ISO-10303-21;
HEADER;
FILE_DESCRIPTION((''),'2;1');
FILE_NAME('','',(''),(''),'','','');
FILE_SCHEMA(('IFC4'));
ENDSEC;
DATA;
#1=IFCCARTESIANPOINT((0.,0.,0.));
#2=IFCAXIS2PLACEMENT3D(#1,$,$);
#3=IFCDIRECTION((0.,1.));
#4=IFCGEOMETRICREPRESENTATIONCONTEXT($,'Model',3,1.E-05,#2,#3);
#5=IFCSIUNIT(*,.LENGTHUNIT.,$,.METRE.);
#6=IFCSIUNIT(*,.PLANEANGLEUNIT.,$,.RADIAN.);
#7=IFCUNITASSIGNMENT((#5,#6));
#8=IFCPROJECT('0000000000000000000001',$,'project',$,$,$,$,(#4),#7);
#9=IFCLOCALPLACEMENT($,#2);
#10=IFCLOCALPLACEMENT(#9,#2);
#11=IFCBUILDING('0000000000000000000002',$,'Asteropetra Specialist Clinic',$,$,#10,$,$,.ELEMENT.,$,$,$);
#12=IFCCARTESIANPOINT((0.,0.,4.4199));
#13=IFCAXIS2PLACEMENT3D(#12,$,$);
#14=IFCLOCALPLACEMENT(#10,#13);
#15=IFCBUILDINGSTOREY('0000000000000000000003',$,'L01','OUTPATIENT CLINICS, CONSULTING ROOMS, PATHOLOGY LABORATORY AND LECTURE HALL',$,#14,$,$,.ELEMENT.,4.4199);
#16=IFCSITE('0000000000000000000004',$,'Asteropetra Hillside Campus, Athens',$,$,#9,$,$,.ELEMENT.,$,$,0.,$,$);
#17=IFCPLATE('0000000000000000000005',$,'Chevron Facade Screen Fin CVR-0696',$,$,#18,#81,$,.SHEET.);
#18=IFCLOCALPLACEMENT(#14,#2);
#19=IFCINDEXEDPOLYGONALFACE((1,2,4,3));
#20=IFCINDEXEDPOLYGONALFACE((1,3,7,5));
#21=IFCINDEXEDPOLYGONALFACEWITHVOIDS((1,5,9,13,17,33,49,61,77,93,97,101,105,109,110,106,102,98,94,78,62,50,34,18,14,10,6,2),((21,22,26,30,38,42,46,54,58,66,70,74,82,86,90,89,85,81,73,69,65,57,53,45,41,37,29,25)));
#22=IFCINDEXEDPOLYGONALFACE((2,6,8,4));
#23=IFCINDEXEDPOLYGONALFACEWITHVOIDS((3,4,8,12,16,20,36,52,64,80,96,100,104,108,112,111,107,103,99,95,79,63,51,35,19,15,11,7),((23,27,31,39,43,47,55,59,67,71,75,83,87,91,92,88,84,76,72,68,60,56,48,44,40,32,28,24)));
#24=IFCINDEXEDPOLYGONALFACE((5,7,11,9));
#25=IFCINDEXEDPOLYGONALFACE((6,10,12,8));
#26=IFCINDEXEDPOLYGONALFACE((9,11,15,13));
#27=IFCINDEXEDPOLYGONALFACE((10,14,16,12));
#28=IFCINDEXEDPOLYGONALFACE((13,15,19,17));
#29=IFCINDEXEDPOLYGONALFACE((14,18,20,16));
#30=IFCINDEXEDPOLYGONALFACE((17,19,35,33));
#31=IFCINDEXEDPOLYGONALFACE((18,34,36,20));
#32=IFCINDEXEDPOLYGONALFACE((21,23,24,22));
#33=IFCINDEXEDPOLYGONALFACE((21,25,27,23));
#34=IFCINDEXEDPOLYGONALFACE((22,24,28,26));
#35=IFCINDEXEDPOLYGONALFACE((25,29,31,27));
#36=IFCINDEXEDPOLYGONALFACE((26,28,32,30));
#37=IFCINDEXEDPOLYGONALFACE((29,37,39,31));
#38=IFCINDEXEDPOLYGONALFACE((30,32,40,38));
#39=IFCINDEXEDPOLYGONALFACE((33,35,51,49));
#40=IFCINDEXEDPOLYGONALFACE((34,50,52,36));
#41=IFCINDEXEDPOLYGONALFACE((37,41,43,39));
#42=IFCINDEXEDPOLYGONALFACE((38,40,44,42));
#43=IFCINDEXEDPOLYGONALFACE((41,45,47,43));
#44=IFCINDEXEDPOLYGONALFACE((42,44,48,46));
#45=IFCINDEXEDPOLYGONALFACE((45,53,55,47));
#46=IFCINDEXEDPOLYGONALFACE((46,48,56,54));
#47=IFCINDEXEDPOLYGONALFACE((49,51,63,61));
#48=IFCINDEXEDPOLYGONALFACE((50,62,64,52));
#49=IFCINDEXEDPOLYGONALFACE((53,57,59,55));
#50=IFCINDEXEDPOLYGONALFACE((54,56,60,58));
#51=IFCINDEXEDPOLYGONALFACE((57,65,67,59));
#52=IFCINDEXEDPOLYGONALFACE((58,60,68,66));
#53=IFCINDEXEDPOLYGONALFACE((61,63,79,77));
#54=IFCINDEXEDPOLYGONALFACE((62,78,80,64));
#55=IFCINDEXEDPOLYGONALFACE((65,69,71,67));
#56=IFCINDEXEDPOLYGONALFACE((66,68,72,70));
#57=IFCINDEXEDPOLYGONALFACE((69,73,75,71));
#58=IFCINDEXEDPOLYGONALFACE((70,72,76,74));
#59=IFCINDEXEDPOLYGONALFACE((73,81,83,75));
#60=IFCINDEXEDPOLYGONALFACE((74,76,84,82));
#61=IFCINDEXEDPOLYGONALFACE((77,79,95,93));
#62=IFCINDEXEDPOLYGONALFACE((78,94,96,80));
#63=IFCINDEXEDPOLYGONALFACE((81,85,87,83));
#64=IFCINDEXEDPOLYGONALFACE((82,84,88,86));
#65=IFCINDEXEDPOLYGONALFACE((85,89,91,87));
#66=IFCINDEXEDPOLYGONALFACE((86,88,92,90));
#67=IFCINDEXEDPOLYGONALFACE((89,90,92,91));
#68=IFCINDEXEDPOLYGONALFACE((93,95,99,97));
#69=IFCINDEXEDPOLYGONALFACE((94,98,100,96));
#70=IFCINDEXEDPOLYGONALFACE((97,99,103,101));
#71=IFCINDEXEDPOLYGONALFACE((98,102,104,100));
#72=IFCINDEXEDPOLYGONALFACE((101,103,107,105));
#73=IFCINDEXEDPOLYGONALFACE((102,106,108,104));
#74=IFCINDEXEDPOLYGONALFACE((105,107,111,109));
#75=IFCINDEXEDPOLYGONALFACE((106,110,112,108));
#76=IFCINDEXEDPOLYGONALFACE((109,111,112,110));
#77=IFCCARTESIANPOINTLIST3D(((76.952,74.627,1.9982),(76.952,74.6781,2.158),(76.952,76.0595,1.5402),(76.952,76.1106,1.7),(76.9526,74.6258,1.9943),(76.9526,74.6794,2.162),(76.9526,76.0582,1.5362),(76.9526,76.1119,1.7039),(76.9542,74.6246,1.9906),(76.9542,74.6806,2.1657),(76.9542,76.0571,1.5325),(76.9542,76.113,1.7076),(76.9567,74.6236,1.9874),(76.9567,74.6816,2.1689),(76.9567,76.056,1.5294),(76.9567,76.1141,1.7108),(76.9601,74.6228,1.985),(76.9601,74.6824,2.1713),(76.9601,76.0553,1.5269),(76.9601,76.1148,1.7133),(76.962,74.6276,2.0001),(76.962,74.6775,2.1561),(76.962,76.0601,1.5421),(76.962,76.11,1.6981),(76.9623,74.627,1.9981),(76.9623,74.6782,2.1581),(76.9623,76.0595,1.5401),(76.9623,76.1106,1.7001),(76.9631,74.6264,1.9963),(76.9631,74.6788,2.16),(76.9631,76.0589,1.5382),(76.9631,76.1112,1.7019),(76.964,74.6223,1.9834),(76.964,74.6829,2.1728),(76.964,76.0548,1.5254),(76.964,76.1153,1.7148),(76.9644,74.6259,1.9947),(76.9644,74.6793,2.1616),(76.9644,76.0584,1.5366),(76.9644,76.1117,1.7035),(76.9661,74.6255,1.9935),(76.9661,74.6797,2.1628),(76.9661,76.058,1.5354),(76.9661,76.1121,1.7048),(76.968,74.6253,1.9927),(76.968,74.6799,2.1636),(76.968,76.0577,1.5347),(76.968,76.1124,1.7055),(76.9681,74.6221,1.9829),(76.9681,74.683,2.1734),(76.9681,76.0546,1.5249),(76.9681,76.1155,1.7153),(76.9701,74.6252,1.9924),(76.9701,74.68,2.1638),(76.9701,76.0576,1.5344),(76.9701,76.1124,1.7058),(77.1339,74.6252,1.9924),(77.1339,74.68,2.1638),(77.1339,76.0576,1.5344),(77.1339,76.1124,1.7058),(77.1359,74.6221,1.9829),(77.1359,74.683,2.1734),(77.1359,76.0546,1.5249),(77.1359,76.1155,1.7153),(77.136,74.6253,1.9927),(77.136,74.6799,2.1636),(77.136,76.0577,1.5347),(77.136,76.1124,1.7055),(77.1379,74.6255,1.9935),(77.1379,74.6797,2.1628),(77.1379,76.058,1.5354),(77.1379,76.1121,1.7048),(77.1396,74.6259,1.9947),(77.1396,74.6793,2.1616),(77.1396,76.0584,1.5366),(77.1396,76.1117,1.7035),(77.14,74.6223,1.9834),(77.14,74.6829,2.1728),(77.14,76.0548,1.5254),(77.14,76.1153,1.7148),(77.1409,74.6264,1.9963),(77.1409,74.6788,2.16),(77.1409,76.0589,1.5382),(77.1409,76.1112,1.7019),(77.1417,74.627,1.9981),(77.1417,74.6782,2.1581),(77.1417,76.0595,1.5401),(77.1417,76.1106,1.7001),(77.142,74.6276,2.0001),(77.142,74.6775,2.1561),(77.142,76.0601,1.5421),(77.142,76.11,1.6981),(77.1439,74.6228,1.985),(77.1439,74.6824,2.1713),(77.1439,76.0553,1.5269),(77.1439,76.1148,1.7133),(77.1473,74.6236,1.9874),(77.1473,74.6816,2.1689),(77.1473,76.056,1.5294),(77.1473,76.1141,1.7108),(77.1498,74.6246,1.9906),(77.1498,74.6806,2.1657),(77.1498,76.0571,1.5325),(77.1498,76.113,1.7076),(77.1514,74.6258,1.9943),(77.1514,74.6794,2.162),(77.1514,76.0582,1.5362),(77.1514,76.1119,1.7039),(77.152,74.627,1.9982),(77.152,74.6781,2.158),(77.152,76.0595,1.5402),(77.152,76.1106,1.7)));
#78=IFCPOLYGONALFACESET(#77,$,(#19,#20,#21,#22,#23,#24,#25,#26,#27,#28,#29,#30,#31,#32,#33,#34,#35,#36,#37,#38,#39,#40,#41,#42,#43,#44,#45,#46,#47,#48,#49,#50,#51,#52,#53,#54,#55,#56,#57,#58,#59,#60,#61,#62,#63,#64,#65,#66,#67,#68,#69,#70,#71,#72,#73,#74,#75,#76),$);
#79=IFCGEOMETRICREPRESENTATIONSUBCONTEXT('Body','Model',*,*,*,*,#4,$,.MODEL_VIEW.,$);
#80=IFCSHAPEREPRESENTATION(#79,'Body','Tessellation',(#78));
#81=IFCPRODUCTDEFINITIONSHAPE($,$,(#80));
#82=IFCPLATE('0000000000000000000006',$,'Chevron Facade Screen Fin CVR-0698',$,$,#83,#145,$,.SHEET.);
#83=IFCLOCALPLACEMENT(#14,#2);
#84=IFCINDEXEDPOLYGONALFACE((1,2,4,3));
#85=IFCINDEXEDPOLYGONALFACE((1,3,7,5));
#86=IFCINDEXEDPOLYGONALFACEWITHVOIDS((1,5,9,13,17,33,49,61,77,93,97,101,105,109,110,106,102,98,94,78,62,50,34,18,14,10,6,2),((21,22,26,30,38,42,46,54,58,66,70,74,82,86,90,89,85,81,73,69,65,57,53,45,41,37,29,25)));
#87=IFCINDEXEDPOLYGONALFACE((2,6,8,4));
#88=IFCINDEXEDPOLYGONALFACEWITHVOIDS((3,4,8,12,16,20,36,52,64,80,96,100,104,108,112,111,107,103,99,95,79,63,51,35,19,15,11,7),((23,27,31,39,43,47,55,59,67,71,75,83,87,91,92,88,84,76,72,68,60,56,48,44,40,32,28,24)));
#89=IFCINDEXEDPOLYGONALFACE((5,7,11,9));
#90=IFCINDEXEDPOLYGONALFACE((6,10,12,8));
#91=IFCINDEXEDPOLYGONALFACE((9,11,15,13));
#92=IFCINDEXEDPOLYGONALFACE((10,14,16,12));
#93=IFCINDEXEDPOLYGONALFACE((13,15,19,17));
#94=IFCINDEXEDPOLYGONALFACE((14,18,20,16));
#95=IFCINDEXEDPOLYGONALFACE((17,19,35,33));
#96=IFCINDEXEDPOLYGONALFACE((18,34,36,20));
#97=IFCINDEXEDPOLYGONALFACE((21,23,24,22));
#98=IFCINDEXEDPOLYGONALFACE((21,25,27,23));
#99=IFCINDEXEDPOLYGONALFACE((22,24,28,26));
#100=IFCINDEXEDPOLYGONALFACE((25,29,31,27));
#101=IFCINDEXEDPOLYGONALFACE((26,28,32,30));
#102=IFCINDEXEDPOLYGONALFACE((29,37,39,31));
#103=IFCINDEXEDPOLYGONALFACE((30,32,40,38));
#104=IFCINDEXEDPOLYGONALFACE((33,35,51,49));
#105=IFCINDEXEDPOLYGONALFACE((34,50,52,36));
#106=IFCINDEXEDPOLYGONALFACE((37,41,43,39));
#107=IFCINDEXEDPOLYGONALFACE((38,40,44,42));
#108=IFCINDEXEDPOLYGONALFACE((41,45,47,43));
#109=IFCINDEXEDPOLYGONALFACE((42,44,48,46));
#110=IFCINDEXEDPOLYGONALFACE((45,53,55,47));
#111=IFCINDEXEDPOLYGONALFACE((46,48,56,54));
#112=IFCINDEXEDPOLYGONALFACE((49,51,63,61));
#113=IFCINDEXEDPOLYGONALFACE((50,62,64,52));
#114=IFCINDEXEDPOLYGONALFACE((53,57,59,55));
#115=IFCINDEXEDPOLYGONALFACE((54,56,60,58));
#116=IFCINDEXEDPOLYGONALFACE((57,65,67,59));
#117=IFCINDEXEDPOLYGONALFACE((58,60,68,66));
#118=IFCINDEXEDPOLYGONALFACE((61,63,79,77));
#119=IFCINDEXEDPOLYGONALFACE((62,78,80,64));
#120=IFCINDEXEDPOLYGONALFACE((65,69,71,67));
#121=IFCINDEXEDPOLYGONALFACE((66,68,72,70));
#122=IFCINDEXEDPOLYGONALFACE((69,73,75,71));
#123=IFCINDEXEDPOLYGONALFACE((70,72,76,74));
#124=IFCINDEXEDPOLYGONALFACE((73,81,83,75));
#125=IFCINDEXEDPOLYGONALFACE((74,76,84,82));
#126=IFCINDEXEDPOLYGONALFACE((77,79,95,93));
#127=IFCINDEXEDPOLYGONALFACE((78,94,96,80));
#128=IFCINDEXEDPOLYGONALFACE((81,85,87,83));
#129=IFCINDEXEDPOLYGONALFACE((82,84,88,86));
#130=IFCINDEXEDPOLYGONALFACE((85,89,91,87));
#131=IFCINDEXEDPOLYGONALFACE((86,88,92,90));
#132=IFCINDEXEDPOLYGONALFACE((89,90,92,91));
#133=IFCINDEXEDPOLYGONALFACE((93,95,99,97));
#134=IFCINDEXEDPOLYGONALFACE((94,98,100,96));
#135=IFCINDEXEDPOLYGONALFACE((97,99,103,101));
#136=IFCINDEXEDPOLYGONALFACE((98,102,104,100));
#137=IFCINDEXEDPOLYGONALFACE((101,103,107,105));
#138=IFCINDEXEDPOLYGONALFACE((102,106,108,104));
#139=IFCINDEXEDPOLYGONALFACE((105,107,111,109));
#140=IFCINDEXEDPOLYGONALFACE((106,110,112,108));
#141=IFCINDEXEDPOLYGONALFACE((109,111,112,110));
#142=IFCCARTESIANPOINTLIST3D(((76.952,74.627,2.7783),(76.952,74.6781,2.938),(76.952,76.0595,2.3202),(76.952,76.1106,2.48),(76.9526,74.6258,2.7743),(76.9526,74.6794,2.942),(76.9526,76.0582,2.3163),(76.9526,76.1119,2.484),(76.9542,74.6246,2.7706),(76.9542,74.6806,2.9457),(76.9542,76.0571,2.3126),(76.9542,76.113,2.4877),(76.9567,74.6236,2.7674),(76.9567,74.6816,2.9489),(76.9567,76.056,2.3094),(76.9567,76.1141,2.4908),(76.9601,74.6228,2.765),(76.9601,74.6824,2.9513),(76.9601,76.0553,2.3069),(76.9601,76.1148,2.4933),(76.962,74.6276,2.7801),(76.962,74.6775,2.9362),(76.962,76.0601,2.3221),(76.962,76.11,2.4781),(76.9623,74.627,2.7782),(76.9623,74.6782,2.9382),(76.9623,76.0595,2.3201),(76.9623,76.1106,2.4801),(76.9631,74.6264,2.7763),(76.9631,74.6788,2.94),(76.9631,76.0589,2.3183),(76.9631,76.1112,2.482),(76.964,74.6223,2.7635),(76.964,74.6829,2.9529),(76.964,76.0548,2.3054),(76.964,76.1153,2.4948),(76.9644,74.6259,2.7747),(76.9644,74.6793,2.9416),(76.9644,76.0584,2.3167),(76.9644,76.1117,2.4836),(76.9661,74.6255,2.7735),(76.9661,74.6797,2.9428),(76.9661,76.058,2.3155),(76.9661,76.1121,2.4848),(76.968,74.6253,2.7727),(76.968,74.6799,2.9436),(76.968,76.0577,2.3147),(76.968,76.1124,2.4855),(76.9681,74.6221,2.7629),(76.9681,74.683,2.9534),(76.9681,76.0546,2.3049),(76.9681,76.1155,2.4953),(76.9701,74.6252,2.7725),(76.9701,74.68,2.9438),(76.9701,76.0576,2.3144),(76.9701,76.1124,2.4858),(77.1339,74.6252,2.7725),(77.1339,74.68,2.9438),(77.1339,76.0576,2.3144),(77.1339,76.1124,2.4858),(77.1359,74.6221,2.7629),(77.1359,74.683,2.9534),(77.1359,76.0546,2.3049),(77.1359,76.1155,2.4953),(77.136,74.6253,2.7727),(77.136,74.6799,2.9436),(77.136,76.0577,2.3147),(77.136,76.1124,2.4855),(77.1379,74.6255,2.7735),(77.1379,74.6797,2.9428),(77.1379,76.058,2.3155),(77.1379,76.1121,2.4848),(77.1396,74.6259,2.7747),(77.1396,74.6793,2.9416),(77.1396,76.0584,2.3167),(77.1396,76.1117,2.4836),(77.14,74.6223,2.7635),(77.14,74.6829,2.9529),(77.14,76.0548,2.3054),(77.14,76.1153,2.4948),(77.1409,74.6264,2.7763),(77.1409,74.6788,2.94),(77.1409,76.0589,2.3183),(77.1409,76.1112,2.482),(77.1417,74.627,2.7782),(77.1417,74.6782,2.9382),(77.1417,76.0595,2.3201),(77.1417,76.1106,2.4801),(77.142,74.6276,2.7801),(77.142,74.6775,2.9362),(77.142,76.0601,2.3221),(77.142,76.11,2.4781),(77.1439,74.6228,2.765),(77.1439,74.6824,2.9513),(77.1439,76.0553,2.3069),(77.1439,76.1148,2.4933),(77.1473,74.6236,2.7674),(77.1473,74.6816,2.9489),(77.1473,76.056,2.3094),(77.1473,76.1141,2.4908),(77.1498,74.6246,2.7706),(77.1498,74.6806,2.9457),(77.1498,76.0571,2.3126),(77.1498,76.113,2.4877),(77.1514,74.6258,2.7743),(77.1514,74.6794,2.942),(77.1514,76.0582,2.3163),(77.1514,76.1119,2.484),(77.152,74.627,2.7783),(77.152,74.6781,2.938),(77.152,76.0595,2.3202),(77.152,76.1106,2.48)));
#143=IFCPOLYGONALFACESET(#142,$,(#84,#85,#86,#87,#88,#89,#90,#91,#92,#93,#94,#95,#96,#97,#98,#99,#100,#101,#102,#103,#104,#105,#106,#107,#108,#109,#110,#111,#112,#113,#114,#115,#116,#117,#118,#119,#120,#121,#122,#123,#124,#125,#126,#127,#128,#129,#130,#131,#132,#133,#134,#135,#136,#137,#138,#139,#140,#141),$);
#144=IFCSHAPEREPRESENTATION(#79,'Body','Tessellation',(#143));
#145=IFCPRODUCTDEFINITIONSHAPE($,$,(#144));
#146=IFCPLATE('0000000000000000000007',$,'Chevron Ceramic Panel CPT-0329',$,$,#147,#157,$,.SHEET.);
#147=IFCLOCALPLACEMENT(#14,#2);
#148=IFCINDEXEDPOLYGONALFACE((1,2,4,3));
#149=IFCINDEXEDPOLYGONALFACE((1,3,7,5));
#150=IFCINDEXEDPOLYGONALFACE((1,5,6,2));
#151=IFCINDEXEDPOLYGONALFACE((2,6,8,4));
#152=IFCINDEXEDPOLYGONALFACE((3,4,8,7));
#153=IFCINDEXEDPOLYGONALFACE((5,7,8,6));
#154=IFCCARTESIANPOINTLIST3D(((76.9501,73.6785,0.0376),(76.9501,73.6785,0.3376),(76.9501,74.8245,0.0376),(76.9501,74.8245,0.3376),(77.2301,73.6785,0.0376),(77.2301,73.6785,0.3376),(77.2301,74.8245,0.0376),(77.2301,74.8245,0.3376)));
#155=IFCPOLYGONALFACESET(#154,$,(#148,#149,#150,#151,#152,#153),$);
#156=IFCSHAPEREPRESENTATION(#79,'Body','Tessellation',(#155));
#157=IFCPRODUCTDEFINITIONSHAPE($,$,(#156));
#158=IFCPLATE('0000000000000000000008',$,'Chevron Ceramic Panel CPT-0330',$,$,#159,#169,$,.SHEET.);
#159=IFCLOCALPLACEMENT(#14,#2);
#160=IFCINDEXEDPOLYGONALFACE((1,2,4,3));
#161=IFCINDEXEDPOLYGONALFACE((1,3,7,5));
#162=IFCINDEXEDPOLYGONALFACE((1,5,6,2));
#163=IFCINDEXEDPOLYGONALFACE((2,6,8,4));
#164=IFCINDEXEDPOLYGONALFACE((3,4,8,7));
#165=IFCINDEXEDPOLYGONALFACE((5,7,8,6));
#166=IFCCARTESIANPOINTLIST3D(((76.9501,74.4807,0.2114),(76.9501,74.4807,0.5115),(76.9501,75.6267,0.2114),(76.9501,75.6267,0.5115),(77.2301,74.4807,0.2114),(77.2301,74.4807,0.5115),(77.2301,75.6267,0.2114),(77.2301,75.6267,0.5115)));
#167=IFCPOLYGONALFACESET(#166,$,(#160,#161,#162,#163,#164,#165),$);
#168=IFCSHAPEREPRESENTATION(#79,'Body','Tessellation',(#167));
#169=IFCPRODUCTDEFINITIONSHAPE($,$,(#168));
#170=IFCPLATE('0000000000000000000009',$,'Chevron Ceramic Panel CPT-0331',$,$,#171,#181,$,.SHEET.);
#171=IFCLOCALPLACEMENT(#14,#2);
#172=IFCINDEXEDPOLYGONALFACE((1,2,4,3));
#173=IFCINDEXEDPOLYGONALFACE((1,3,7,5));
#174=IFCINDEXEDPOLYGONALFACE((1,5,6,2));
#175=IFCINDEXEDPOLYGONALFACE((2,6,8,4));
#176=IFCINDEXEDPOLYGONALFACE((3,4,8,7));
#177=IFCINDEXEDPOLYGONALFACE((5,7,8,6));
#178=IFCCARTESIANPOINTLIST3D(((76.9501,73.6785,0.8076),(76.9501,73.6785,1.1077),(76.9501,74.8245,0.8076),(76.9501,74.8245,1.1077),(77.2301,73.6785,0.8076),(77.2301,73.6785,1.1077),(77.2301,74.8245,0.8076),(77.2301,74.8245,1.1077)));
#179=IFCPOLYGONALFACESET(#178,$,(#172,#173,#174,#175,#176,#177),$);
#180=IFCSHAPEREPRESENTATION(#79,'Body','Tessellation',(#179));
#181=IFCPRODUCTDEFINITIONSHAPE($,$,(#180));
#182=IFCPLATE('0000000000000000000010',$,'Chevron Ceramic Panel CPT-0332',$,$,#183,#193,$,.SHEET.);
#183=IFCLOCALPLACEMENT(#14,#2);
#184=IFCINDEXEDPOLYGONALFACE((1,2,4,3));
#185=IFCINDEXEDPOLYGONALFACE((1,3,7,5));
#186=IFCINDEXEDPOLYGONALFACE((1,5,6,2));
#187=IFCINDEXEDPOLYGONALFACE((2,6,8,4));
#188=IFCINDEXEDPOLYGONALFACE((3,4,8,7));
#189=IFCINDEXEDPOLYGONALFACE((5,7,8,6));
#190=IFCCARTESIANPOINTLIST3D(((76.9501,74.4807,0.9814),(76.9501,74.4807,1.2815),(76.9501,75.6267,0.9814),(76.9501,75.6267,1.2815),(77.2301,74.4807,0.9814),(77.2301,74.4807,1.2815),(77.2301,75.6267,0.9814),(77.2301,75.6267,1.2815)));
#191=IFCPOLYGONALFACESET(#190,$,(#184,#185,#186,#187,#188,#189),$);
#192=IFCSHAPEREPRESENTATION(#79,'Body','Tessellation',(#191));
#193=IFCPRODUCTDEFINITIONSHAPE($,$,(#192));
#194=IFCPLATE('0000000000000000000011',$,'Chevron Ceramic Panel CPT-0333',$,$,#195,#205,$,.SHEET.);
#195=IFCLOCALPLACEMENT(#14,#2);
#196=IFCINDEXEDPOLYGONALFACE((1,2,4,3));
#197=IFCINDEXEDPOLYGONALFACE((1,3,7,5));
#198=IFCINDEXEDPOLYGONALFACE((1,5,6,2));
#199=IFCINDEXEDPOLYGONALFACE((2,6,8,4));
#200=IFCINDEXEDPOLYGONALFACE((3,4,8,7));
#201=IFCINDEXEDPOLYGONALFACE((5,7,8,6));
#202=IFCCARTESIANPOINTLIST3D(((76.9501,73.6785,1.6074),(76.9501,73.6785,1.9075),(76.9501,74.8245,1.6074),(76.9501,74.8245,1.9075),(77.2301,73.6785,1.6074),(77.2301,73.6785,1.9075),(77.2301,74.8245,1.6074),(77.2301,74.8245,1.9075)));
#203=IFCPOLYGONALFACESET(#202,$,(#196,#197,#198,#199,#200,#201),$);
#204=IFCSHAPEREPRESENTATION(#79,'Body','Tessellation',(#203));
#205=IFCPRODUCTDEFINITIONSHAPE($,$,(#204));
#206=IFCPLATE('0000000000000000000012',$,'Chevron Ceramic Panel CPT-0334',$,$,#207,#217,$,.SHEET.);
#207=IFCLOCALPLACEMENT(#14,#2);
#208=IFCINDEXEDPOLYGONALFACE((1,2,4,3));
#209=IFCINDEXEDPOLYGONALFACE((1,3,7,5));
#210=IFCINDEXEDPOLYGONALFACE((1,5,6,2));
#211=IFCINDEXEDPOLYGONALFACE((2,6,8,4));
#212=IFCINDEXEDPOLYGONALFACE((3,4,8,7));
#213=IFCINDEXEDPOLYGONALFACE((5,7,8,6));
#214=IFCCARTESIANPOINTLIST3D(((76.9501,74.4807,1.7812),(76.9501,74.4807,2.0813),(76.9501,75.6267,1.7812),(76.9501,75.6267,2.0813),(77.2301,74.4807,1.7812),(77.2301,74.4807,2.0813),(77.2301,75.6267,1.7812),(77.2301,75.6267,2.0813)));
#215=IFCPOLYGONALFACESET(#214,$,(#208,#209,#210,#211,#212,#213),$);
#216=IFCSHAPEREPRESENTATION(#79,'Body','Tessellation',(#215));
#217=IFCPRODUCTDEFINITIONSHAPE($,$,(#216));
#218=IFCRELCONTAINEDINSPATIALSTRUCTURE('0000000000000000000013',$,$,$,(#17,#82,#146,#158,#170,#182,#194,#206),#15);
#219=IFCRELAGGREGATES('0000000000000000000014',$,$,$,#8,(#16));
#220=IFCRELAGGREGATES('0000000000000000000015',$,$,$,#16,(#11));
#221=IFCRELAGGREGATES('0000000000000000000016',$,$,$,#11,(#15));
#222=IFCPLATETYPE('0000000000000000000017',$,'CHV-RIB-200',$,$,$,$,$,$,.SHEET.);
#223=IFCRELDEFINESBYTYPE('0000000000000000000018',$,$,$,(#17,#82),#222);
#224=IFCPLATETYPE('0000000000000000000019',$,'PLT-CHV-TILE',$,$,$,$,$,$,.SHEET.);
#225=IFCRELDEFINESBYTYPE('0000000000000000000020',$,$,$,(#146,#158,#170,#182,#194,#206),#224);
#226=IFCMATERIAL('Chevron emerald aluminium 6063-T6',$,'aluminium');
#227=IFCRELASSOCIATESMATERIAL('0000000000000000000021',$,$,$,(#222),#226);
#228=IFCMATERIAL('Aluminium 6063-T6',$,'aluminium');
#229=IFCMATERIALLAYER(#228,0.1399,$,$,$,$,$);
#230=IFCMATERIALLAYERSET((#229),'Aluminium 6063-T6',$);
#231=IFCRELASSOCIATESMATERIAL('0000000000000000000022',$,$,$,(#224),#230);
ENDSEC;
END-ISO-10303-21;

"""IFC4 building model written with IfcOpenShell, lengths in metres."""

from ifc_helpers import new_model, si_unit, direction, frame, origin, origin_2d, place, context, subcontext, project, spatial, rectangle, hollow_rectangle, extrude, material, layer, layer_set, material_profile, profile_set, type_object, element, save


model = new_model("IFC4")

# Units and contexts
model_context = context("Model", 3, precision=1e-05, world=origin(), true_north=direction((0.0, 1.0)))
body_context = subcontext(model_context, "Body", "Model", "MODEL_VIEW")
ifc_project = project(units=[si_unit("LENGTHUNIT", "METRE"), si_unit("PLANEANGLEUNIT", "RADIAN")], contexts=[model_context])

# Site, building, storey
site_placement = place(None, origin())
site = spatial("IfcSite", under=ifc_project, at=site_placement, Name="Asteropetra Hillside Campus, Athens", CompositionType="ELEMENT", RefElevation=0.0)
building_placement = place(site_placement, origin())
building = spatial("IfcBuilding", under=site, at=building_placement, Name="Asteropetra Specialist Clinic", CompositionType="ELEMENT")
storey_placement = place(building_placement, frame((0.0, 0.0, 4.4199)))
storey = spatial("IfcBuildingStorey", under=building, at=storey_placement, Name="L01", Description="OUTPATIENT CLINICS, CONSULTING ROOMS, PATHOLOGY LABORATORY AND LECTURE HALL", CompositionType="ELEMENT", Elevation=4.4199)

# Plates
ifc_material_1 = material(Name="Chevron emerald aluminium 6063-T6", Category="aluminium")
ifc_material_profile_1 = material_profile(ifc_material_1, hollow_rectangle(XDim=0.2, YDim=0.2, WallThickness=0.01, InnerFilletRadius=0.0081, OuterFilletRadius=0.0161, at=origin_2d()), Name="SHS 200x200x10.0")
ifc_profile_set_1 = profile_set([ifc_material_profile_1], Name="Chevron emerald aluminium 6063-T6")
plate_type_1 = type_object("IfcPlateType", Name="CHV-RIB-200", PredefinedType="SHEET", material=ifc_profile_set_1)
for number, where, z_axis, x_axis, name in (
    (1, (77.052, 74.6526, 2.0781), (0.0, 0.952492, -0.304564), (-1.0, 0.0, 0.0), "Chevron Facade Screen Fin CVR-0696"),
    (2, (77.052, 74.6526, 2.8582), (0.0, 0.952492, -0.304564), (-1.0, 0.0, 0.0), "Chevron Facade Screen Fin CVR-0698"),
):
    element("IfcPlate", number, at=place(storey_placement, frame(where, z_axis=z_axis, x_axis=x_axis)), inside=storey, type_object=plate_type_1, Name=name, PredefinedType="SHEET", context=body_context, shape_type="SweptSolid", body=[
        extrude(hollow_rectangle(XDim=0.2, YDim=0.2, WallThickness=0.01, InnerFilletRadius=0.0081, OuterFilletRadius=0.0161, at=origin_2d()), origin(), (0.0, 0.0, 1.0), 1.5039),
    ])
ifc_material_2 = material(Name="Aluminium 6063-T6", Category="aluminium")
ifc_layer_1 = layer(ifc_material_2, 0.1399)
ifc_layer_set_1 = layer_set([ifc_layer_1], Name="Aluminium 6063-T6")
plate_type_2 = type_object("IfcPlateType", Name="PLT-CHV-TILE", PredefinedType="SHEET", material=ifc_layer_set_1)
for number, where, z_axis, x_axis, name in (
    (3, (77.0901, 74.2515, 0.0376), (0.0, 0.0, 1.0), (1.0, 0.0, 0.0), "Chevron Ceramic Panel CPT-0329"),
    (4, (77.0901, 75.0537, 0.2114), (0.0, 0.0, 1.0), (1.0, 0.0, 0.0), "Chevron Ceramic Panel CPT-0330"),
    (5, (77.0901, 74.2515, 0.8076), (0.0, 0.0, 1.0), (1.0, 0.0, 0.0), "Chevron Ceramic Panel CPT-0331"),
    (6, (77.0901, 75.0537, 0.9814), (0.0, 0.0, 1.0), (1.0, 0.0, 0.0), "Chevron Ceramic Panel CPT-0332"),
    (7, (77.0901, 74.2515, 1.6074), (0.0, 0.0, 1.0), (1.0, 0.0, 0.0), "Chevron Ceramic Panel CPT-0333"),
    (8, (77.0901, 75.0537, 1.7812), (0.0, 0.0, 1.0), (1.0, 0.0, 0.0), "Chevron Ceramic Panel CPT-0334"),
):
    element("IfcPlate", number, at=place(storey_placement, frame(where, z_axis=z_axis, x_axis=x_axis)), inside=storey, type_object=plate_type_2, Name=name, PredefinedType="SHEET", context=body_context, shape_type="SweptSolid", body=[
        extrude(rectangle(XDim=0.28, YDim=1.146, at=origin_2d()), origin(), (0.0, 0.0, 1.0), 0.3),
    ])

save(model, "model.ifc")
